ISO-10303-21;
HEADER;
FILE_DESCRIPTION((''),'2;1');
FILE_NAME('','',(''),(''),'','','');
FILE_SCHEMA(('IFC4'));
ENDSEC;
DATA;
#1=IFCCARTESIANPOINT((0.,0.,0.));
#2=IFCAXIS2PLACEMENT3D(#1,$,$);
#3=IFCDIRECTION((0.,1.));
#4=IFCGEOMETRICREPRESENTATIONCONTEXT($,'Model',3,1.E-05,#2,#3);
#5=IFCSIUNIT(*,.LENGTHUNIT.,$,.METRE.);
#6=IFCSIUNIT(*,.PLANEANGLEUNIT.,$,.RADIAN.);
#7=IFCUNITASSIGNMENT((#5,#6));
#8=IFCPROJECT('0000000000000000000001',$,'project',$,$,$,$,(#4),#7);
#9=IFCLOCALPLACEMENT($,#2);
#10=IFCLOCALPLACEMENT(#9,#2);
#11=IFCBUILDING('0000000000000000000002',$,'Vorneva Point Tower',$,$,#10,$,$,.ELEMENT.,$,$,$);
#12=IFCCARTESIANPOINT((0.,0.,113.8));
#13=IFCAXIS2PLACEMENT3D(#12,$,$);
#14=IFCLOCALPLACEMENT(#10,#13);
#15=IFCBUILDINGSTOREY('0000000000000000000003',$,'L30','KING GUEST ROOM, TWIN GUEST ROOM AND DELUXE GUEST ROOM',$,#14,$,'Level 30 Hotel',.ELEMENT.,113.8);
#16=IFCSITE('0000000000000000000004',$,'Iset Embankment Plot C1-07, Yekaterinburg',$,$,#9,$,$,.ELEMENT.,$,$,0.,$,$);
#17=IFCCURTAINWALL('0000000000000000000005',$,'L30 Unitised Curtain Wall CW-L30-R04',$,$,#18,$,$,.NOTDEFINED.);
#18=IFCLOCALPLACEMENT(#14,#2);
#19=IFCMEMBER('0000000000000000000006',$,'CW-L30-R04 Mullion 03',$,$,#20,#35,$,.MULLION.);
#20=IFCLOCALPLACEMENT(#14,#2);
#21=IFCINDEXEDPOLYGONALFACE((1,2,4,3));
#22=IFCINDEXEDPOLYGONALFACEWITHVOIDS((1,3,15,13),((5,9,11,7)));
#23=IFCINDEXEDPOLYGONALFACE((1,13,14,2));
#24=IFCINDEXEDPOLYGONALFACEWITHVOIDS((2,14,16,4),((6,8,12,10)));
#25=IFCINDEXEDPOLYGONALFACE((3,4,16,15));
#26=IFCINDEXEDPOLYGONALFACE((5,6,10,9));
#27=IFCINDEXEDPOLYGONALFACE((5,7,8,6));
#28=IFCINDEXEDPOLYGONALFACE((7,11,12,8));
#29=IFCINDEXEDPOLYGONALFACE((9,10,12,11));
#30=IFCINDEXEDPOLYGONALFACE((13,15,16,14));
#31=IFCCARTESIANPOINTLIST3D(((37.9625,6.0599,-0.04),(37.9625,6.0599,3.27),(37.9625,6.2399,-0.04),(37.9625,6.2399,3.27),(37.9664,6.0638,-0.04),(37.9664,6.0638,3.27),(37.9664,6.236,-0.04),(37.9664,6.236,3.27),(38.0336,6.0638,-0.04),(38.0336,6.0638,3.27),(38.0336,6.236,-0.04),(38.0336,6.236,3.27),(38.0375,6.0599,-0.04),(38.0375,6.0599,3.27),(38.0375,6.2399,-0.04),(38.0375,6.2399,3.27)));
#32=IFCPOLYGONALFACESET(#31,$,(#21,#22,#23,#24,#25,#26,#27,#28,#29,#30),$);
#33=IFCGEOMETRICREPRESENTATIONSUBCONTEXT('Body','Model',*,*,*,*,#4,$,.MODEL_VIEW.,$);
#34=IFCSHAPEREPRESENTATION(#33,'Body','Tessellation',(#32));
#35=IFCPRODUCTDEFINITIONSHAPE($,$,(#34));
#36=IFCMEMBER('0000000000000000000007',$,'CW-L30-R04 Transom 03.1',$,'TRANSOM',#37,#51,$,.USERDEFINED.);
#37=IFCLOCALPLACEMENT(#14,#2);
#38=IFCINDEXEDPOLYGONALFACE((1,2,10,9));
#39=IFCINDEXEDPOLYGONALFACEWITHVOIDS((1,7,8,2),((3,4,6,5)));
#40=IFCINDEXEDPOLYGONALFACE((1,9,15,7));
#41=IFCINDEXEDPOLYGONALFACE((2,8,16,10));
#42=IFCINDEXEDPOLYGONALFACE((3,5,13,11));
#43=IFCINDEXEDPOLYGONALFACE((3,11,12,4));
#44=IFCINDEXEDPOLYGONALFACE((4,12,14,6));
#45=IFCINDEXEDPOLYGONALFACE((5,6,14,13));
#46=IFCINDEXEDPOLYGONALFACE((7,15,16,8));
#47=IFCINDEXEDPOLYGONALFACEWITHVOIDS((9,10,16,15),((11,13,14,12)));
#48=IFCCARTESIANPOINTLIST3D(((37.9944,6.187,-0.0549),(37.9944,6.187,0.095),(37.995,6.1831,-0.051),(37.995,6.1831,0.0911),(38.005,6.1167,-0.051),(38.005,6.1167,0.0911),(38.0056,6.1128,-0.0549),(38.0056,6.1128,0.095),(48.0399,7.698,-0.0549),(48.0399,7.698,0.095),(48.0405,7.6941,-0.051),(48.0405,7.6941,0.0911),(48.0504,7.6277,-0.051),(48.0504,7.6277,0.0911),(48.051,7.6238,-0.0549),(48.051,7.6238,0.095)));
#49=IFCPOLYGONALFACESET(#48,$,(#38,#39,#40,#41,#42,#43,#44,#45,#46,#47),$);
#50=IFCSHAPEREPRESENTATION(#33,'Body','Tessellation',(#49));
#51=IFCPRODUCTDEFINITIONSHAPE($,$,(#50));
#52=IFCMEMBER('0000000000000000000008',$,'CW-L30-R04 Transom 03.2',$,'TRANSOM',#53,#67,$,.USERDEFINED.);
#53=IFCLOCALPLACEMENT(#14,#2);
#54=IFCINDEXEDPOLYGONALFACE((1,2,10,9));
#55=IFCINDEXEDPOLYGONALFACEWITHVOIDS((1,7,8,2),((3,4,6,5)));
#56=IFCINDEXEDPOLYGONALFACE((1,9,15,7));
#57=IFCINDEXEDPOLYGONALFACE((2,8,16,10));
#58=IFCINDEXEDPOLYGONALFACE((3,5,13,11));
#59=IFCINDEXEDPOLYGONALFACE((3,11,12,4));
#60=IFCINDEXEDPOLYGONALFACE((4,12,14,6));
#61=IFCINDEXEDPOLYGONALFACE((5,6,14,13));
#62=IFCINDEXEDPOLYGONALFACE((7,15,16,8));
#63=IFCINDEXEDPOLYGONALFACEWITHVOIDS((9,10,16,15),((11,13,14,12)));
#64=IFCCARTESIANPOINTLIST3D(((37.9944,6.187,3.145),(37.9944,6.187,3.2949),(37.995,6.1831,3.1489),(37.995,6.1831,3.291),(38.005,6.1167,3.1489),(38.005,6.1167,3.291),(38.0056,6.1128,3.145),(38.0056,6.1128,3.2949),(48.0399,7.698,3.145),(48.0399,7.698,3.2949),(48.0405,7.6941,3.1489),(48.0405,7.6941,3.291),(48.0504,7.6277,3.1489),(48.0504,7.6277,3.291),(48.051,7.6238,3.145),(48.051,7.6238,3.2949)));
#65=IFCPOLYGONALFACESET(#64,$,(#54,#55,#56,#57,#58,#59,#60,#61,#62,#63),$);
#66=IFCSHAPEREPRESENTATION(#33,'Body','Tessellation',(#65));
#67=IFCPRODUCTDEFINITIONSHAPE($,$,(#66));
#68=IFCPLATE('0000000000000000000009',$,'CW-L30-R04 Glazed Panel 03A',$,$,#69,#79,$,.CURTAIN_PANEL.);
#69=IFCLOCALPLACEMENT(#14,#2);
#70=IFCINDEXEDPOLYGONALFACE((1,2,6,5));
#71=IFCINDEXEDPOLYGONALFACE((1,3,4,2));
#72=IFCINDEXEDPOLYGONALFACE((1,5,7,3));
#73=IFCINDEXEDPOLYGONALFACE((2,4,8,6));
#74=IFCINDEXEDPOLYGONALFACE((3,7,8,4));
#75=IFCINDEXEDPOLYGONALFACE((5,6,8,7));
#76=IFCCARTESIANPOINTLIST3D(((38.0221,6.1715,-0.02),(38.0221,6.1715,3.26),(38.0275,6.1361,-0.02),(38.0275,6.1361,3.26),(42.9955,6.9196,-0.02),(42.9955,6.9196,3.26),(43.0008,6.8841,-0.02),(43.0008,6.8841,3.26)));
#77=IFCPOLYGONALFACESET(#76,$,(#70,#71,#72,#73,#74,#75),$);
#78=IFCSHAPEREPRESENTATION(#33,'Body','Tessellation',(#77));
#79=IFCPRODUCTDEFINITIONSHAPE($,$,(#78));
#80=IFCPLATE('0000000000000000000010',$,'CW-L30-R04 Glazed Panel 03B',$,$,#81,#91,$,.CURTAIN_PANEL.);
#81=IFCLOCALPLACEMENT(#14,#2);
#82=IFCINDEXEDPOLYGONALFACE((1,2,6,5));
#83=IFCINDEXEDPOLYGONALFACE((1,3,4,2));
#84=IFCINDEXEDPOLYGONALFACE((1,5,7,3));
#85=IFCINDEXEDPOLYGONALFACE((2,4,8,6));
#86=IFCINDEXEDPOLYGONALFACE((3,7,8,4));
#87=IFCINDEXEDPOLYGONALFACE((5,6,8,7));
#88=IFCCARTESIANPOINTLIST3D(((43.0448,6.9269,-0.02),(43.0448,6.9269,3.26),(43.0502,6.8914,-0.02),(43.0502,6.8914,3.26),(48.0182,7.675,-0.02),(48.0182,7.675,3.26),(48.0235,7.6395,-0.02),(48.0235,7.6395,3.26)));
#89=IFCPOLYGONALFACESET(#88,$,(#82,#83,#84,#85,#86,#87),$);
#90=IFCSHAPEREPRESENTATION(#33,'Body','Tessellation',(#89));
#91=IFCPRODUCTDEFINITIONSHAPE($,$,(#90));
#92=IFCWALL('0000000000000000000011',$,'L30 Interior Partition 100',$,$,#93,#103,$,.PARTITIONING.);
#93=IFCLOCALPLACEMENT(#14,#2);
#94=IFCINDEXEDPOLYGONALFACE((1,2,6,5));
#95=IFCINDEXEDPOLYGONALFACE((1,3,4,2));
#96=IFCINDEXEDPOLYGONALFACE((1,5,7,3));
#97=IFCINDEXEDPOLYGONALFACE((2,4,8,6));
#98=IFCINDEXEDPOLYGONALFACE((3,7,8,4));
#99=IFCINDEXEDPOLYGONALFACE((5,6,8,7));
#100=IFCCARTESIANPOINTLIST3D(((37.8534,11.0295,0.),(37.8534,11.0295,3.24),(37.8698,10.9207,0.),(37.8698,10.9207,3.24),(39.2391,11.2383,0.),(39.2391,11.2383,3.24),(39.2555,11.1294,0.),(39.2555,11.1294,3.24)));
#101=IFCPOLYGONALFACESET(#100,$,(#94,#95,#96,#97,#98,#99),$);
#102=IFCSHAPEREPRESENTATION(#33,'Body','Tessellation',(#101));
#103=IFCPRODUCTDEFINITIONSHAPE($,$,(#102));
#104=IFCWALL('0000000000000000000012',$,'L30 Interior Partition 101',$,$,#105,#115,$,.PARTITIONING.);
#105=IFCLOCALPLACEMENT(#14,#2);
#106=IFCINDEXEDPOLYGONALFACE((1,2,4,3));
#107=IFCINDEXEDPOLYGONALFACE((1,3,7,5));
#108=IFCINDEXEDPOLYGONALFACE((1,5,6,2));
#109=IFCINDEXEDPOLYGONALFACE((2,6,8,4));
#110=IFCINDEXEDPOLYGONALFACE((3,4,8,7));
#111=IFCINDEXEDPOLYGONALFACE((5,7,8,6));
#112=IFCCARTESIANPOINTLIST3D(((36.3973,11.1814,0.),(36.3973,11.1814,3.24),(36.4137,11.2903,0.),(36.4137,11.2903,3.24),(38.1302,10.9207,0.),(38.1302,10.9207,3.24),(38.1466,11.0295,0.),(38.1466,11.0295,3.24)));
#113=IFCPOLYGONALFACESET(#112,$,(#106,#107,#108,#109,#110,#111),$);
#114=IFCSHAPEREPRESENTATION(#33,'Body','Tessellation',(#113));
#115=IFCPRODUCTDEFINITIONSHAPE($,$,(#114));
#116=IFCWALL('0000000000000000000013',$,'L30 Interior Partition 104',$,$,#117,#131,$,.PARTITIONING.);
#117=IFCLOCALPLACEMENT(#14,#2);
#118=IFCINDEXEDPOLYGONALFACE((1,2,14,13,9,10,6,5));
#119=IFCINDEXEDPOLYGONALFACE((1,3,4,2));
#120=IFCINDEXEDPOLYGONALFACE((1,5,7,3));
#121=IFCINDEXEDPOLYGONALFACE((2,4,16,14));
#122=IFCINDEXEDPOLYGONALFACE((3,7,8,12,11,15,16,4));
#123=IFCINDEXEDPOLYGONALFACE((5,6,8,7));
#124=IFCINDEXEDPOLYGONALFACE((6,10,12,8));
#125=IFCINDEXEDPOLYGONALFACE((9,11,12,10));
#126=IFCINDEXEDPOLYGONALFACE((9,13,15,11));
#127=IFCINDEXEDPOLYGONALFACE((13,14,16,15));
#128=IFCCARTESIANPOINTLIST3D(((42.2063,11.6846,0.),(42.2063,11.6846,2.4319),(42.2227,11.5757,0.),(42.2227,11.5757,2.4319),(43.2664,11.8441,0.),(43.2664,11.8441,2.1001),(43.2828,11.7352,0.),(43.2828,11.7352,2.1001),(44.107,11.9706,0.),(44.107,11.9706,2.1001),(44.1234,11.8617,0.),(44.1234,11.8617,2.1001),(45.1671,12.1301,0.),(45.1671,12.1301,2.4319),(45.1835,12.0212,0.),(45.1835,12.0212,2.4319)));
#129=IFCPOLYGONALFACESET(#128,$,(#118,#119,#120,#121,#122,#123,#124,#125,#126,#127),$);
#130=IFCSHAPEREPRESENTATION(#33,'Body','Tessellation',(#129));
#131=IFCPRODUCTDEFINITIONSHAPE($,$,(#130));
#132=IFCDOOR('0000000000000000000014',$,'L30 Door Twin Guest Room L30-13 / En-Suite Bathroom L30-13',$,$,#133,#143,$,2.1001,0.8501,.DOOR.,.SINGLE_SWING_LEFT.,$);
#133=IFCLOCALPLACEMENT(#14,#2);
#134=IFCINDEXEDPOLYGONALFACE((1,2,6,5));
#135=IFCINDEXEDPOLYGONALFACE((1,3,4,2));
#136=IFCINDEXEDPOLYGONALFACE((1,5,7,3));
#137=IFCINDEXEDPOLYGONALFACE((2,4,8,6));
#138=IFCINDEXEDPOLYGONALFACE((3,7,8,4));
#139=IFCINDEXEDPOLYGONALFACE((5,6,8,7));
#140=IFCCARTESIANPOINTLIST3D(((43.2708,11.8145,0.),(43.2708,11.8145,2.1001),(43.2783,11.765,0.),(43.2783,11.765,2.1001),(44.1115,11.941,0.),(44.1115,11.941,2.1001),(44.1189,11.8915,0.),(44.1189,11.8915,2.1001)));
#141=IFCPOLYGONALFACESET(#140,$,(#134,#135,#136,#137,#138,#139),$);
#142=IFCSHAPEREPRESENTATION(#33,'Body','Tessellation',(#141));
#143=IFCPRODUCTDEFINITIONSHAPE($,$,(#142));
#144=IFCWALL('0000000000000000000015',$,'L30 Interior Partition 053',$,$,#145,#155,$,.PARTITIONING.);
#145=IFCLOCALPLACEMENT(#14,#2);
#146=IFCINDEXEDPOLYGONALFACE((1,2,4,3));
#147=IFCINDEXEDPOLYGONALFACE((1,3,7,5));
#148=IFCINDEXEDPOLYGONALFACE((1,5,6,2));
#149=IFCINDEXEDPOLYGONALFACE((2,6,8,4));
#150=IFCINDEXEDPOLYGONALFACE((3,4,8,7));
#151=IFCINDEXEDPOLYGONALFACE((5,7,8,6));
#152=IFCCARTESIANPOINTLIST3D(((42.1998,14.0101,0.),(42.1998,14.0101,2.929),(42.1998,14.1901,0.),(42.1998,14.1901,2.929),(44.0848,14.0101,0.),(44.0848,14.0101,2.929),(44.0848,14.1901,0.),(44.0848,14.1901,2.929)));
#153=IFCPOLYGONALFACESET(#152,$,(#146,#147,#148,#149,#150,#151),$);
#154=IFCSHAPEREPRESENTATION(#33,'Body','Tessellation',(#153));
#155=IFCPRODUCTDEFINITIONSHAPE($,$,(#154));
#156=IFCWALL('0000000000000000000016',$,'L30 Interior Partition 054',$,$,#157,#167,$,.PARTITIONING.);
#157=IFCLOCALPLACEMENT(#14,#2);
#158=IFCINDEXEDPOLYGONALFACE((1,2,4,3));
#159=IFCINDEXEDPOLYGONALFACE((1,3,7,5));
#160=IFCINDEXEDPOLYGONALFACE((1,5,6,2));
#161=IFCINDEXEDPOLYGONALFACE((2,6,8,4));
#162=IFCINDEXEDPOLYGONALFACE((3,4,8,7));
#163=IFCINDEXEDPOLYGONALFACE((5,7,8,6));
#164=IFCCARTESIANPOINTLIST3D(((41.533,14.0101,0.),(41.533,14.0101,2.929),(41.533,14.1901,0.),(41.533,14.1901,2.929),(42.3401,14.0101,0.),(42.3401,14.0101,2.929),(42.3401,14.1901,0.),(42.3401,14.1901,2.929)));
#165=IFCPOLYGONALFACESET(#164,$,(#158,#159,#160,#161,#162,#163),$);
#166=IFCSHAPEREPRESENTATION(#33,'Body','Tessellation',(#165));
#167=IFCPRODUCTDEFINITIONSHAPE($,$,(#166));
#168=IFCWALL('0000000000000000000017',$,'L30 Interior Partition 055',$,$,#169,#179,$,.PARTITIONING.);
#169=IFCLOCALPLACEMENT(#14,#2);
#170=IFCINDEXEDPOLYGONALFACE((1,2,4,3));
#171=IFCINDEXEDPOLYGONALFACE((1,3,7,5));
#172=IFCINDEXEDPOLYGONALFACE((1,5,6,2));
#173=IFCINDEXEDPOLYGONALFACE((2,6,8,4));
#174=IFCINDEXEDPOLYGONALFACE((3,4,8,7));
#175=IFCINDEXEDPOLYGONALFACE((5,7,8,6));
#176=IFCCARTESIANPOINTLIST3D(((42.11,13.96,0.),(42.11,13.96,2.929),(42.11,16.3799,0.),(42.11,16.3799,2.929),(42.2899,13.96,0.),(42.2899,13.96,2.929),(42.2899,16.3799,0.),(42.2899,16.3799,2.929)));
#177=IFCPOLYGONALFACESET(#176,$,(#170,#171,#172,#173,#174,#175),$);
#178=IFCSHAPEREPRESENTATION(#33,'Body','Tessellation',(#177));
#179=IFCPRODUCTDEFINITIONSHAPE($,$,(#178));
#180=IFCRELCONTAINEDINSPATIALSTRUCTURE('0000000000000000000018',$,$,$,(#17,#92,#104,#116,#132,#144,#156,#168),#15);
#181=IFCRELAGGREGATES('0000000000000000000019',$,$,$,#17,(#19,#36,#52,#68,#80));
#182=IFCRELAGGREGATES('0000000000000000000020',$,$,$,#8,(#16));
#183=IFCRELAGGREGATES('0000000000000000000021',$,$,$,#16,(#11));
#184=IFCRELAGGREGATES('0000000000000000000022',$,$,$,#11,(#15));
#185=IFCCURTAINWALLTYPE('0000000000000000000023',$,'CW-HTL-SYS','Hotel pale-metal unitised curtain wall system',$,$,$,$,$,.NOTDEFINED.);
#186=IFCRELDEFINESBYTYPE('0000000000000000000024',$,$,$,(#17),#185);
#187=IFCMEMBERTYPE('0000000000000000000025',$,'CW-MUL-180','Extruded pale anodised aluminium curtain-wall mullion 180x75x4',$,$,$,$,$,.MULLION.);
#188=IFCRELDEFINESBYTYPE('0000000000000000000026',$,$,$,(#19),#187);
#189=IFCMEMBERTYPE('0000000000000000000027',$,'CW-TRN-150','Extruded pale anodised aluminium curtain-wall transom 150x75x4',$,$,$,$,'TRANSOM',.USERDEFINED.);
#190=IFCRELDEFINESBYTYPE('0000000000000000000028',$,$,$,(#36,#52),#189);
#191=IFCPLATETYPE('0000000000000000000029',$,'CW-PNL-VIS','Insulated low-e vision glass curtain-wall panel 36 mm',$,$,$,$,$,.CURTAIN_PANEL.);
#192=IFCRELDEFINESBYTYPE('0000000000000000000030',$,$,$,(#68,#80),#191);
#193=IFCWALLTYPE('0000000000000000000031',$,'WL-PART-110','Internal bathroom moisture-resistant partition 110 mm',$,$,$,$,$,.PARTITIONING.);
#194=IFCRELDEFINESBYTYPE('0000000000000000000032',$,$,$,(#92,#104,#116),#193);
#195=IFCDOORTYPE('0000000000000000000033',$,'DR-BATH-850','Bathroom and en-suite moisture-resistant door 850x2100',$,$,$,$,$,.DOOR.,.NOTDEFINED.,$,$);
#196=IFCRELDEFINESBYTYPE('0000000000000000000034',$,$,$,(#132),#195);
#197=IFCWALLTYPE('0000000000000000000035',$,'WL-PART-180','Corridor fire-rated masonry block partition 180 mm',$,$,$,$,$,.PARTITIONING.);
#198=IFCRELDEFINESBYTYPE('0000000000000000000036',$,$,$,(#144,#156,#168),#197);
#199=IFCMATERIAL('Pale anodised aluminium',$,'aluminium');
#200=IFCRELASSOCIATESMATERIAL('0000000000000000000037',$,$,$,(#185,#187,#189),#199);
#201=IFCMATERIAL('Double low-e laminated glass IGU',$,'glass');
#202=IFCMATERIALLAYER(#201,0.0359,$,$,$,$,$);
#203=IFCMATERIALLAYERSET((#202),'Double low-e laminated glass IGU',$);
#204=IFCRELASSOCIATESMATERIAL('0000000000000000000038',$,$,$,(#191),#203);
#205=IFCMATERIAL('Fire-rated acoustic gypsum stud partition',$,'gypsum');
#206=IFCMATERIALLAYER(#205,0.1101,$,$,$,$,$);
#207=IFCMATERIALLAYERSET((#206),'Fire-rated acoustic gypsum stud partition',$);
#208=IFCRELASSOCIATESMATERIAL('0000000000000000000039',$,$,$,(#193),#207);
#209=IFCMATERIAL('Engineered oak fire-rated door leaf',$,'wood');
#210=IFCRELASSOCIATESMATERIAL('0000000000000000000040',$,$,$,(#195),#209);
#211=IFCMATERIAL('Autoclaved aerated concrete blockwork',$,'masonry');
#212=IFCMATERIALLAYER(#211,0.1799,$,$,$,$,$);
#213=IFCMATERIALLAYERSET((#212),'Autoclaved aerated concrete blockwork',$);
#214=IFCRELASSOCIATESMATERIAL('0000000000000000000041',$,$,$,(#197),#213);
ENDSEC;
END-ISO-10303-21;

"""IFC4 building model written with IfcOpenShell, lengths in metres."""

from ifc_helpers import new_model, si_unit, direction, frame, frame_2d, origin, origin_2d, place, context, subcontext, project, spatial, rectangle, hollow_rectangle, extrude, material, layer, layer_set, material_profile, profile_set, type_object, element, fill, aggregate, save


model = new_model("IFC4")

# Units and contexts
model_context = context("Model", 3, precision=1e-05, world=origin(), true_north=direction((0.0, 1.0)))
body_context = subcontext(model_context, "Body", "Model", "MODEL_VIEW")
ifc_project = project(units=[si_unit("LENGTHUNIT", "METRE"), si_unit("PLANEANGLEUNIT", "RADIAN")], contexts=[model_context])

# Site, building, storey
site_placement = place(None, origin())
site = spatial("IfcSite", under=ifc_project, at=site_placement, Name="Iset Embankment Plot C1-07, Yekaterinburg", CompositionType="ELEMENT", RefElevation=0.0)
building_placement = place(site_placement, origin())
building = spatial("IfcBuilding", under=site, at=building_placement, Name="Vorneva Point Tower", CompositionType="ELEMENT")
storey_placement = place(building_placement, frame((0.0, 0.0, 113.8)))
storey = spatial("IfcBuildingStorey", under=building, at=storey_placement, Name="L30", Description="KING GUEST ROOM, TWIN GUEST ROOM AND DELUXE GUEST ROOM", LongName="Level 30 Hotel", CompositionType="ELEMENT", Elevation=113.8)

# Curtain wall, members, plates
ifc_material_1 = material(Name="Pale anodised aluminium", Category="aluminium")
curtain_wall_type = type_object("IfcCurtainWallType", Name="CW-HTL-SYS", Description="Hotel pale-metal unitised curtain wall system", PredefinedType="NOTDEFINED", material=ifc_material_1)
curtain_wall_placement = place(storey_placement, origin())
curtain_wall = element("IfcCurtainWall", 1, at=curtain_wall_placement, inside=storey, type_object=curtain_wall_type, Name="L30 Unitised Curtain Wall CW-L30-R04", PredefinedType="NOTDEFINED")
ifc_material_profile_1 = material_profile(ifc_material_1, hollow_rectangle(XDim=0.075, YDim=0.1799, WallThickness=0.0039, at=origin_2d()), Name="AL-MUL 180x75x4")
ifc_profile_set_1 = profile_set([ifc_material_profile_1], Name="Pale anodised aluminium")
member_type_1 = type_object("IfcMemberType", Name="CW-MUL-180", Description="Extruded pale anodised aluminium curtain-wall mullion 180x75x4", PredefinedType="MULLION", material=ifc_profile_set_1)
member_1_placement = place(storey_placement, frame((38.0, 6.1499, -0.04), z_axis=(0.0, 0.0, 1.0), x_axis=(1.0, 0.0, 0.0)))
member_1 = element("IfcMember", 2, at=member_1_placement, type_object=member_type_1, Name="CW-L30-R04 Mullion 03", PredefinedType="MULLION", context=body_context, shape_type="SweptSolid", body=[
    extrude(hollow_rectangle(XDim=0.075, YDim=0.1799, WallThickness=0.0039, at=origin_2d()), origin(), (0.0, 0.0, 1.0), 3.3101),
])
ifc_material_profile_2 = material_profile(ifc_material_1, hollow_rectangle(XDim=0.075, YDim=0.1499, WallThickness=0.0039, at=origin_2d()), Name="AL-TRN 150x75x4")
ifc_profile_set_2 = profile_set([ifc_material_profile_2], Name="Pale anodised aluminium")
member_type_2 = type_object("IfcMemberType", Name="CW-TRN-150", Description="Extruded pale anodised aluminium curtain-wall transom 150x75x4", ElementType="TRANSOM", PredefinedType="USERDEFINED", material=ifc_profile_set_2)
member_2_placement = place(storey_placement, frame((38.0, 6.1499, 0.02), z_axis=(0.988876, 0.148742, 0.0), x_axis=(-0.148742, 0.988876, 0.0)))
member_2 = element("IfcMember", 3, at=member_2_placement, type_object=member_type_2, Name="CW-L30-R04 Transom 03.1", ObjectType="TRANSOM", PredefinedType="USERDEFINED", context=body_context, shape_type="SweptSolid", body=[
    extrude(hollow_rectangle(XDim=0.075, YDim=0.1499, WallThickness=0.0039, at=origin_2d()), origin(), (0.0, 0.0, 1.0), 10.1584),
])
member_3_placement = place(storey_placement, frame((38.0, 6.1499, 3.22), z_axis=(0.988876, 0.148742, 0.0), x_axis=(-0.148742, 0.988876, 0.0)))
member_3 = element("IfcMember", 4, at=member_3_placement, type_object=member_type_2, Name="CW-L30-R04 Transom 03.2", ObjectType="TRANSOM", PredefinedType="USERDEFINED", context=body_context, shape_type="SweptSolid", body=[
    extrude(hollow_rectangle(XDim=0.075, YDim=0.1499, WallThickness=0.0039, at=origin_2d()), origin(), (0.0, 0.0, 1.0), 10.1584),
])
ifc_material_2 = material(Name="Double low-e laminated glass IGU", Category="glass")
ifc_layer_1 = layer(ifc_material_2, 0.0359)
ifc_layer_set_1 = layer_set([ifc_layer_1], Name="Double low-e laminated glass IGU")
plate_type = type_object("IfcPlateType", Name="CW-PNL-VIS", Description="Insulated low-e vision glass curtain-wall panel 36 mm", PredefinedType="CURTAIN_PANEL", material=ifc_layer_set_1)
plate_1_placement = place(storey_placement, frame((40.5115, 6.5278, -0.02), z_axis=(0.0, 0.0, 1.0), x_axis=(0.988876, 0.148741, 0.0)))
plate_1 = element("IfcPlate", 5, at=plate_1_placement, type_object=plate_type, Name="CW-L30-R04 Glazed Panel 03A", PredefinedType="CURTAIN_PANEL", context=body_context, shape_type="SweptSolid", body=[
    extrude(rectangle(XDim=5.0293, YDim=0.0359, at=origin_2d()), origin(), (0.0, 0.0, 1.0), 3.28),
])
plate_2_placement = place(storey_placement, frame((45.5342, 7.2832, -0.02), z_axis=(0.0, 0.0, 1.0), x_axis=(0.988876, 0.148741, 0.0)))
plate_2 = element("IfcPlate", 6, at=plate_2_placement, type_object=plate_type, Name="CW-L30-R04 Glazed Panel 03B", PredefinedType="CURTAIN_PANEL", context=body_context, shape_type="SweptSolid", body=[
    extrude(rectangle(XDim=5.0293, YDim=0.0359, at=origin_2d()), origin(), (0.0, 0.0, 1.0), 3.28),
])
aggregate(curtain_wall, [member_1, member_2, member_3, plate_1, plate_2])

# Walls
ifc_material_3 = material(Name="Fire-rated acoustic gypsum stud partition", Category="gypsum")
ifc_layer_2 = layer(ifc_material_3, 0.1101)
ifc_layer_set_2 = layer_set([ifc_layer_2], Name="Fire-rated acoustic gypsum stud partition")
wall_type_1 = type_object("IfcWallType", Name="WL-PART-110", Description="Internal bathroom moisture-resistant partition 110 mm", PredefinedType="PARTITIONING", material=ifc_layer_set_2)
wall_1_placement = place(storey_placement, frame((39.2473, 11.1838, 0.0), z_axis=(0.0, 0.0, 1.0), x_axis=(-0.988844, -0.148954, 0.0)))
element("IfcWall", 7, at=wall_1_placement, inside=storey, type_object=wall_type_1, Name="L30 Interior Partition 100", PredefinedType="PARTITIONING", context=body_context, shape_type="SweptSolid", body=[
    extrude(rectangle(XDim=1.4014, YDim=0.1101, at=frame_2d((0.7007, 0.0))), origin(), (0.0, 0.0, 1.0), 3.24),
])
wall_2_placement = place(storey_placement, frame((38.1384, 10.9751, 0.0), z_axis=(0.0, 0.0, 1.0), x_axis=(-0.988869, 0.14879, 0.0)))
element("IfcWall", 8, at=wall_2_placement, inside=storey, type_object=wall_type_1, Name="L30 Interior Partition 101", PredefinedType="PARTITIONING", context=body_context, shape_type="SweptSolid", body=[
    extrude(rectangle(XDim=1.7524, YDim=0.1101, at=frame_2d((0.8762, 0.0))), origin(), (0.0, 0.0, 1.0), 3.24),
])

# Wall, opening, door
wall_3_placement = place(storey_placement, frame((45.1753, 12.0757, 0.0), z_axis=(0.0, 0.0, 1.0), x_axis=(-0.988865, -0.148815, 0.0)))
wall_3 = element("IfcWall", 9, at=wall_3_placement, inside=storey, type_object=wall_type_1, Name="L30 Interior Partition 104", PredefinedType="PARTITIONING", context=body_context, shape_type="SweptSolid", body=[
    extrude(rectangle(XDim=2.9941, YDim=0.1101, at=frame_2d((1.4971, 0.0))), origin(), (0.0, 0.0, 1.0), 2.4319),
])
opening_1_placement = place(wall_3_placement, frame((1.072, 0.0, 0.0)))
opening_1 = element("IfcOpeningElement", 10, at=opening_1_placement, cuts=wall_3, PredefinedType="OPENING", context=body_context, shape_type="SweptSolid", body=[
    extrude(rectangle(XDim=0.8501, YDim=2.1001, at=frame_2d((0.425, 1.05))), frame((0.0, 0.0698, 0.0), z_axis=(0.0, -1.0, 0.0), x_axis=(1.0, 0.0, 0.0)), (0.0, 0.0, 1.0), 0.1399),
])
ifc_material_4 = material(Name="Engineered oak fire-rated door leaf", Category="wood")
door_type_1 = type_object("IfcDoorType", Name="DR-BATH-850", Description="Bathroom and en-suite moisture-resistant door 850x2100", OperationType="NOTDEFINED", PredefinedType="DOOR", material=ifc_material_4)
door_1_placement = place(opening_1_placement, origin())
door_1 = element("IfcDoor", 11, at=door_1_placement, inside=storey, type_object=door_type_1, Name="L30 Door Twin Guest Room L30-13 / En-Suite Bathroom L30-13", OperationType="SINGLE_SWING_LEFT", OverallHeight=2.1001, OverallWidth=0.8501, PredefinedType="DOOR", context=body_context, shape_type="SweptSolid", body=[
    extrude(rectangle(XDim=0.8501, YDim=2.1001, at=frame_2d((0.425, 1.05))), frame((0.0, 0.0249, 0.0), z_axis=(0.0, -1.0, 0.0), x_axis=(1.0, 0.0, 0.0)), (0.0, 0.0, 1.0), 0.05),
])
fill(opening_1, door_1)
ifc_material_5 = material(Name="Autoclaved aerated concrete blockwork", Category="masonry")
ifc_layer_3 = layer(ifc_material_5, 0.1799)
ifc_layer_set_3 = layer_set([ifc_layer_3], Name="Autoclaved aerated concrete blockwork")
wall_type_2 = type_object("IfcWallType", Name="WL-PART-180", Description="Corridor fire-rated masonry block partition 180 mm", PredefinedType="PARTITIONING", material=ifc_layer_set_3)

# Walls
wall_4_placement = place(storey_placement, frame((42.2, 14.1001, 0.0), z_axis=(0.0, 0.0, 1.0), x_axis=(1.0, 0.0, 0.0)))
element("IfcWall", 12, at=wall_4_placement, inside=storey, type_object=wall_type_2, Name="L30 Interior Partition 053", PredefinedType="PARTITIONING", context=body_context, shape_type="SweptSolid", body=[
    extrude(rectangle(XDim=1.885, YDim=0.1799, at=frame_2d((0.9424, 0.0))), origin(), (0.0, 0.0, 1.0), 2.929),
])
wall_5_placement = place(storey_placement, frame((41.533, 14.1001, 0.0), z_axis=(0.0, 0.0, 1.0), x_axis=(1.0, 0.0, 0.0)))
element("IfcWall", 13, at=wall_5_placement, inside=storey, type_object=wall_type_2, Name="L30 Interior Partition 054", PredefinedType="PARTITIONING", context=body_context, shape_type="SweptSolid", body=[
    extrude(rectangle(XDim=0.8071, YDim=0.1799, at=frame_2d((0.4036, 0.0))), origin(), (0.0, 0.0, 1.0), 2.929),
])
wall_6_placement = place(storey_placement, frame((42.2, 13.96, 0.0), z_axis=(0.0, 0.0, 1.0), x_axis=(0.0, 1.0, 0.0)))
element("IfcWall", 14, at=wall_6_placement, inside=storey, type_object=wall_type_2, Name="L30 Interior Partition 055", PredefinedType="PARTITIONING", context=body_context, shape_type="SweptSolid", body=[
    extrude(rectangle(XDim=2.4199, YDim=0.1799, at=frame_2d((1.21, 0.0))), origin(), (0.0, 0.0, 1.0), 2.929),
])

save(model, "model.ifc")
